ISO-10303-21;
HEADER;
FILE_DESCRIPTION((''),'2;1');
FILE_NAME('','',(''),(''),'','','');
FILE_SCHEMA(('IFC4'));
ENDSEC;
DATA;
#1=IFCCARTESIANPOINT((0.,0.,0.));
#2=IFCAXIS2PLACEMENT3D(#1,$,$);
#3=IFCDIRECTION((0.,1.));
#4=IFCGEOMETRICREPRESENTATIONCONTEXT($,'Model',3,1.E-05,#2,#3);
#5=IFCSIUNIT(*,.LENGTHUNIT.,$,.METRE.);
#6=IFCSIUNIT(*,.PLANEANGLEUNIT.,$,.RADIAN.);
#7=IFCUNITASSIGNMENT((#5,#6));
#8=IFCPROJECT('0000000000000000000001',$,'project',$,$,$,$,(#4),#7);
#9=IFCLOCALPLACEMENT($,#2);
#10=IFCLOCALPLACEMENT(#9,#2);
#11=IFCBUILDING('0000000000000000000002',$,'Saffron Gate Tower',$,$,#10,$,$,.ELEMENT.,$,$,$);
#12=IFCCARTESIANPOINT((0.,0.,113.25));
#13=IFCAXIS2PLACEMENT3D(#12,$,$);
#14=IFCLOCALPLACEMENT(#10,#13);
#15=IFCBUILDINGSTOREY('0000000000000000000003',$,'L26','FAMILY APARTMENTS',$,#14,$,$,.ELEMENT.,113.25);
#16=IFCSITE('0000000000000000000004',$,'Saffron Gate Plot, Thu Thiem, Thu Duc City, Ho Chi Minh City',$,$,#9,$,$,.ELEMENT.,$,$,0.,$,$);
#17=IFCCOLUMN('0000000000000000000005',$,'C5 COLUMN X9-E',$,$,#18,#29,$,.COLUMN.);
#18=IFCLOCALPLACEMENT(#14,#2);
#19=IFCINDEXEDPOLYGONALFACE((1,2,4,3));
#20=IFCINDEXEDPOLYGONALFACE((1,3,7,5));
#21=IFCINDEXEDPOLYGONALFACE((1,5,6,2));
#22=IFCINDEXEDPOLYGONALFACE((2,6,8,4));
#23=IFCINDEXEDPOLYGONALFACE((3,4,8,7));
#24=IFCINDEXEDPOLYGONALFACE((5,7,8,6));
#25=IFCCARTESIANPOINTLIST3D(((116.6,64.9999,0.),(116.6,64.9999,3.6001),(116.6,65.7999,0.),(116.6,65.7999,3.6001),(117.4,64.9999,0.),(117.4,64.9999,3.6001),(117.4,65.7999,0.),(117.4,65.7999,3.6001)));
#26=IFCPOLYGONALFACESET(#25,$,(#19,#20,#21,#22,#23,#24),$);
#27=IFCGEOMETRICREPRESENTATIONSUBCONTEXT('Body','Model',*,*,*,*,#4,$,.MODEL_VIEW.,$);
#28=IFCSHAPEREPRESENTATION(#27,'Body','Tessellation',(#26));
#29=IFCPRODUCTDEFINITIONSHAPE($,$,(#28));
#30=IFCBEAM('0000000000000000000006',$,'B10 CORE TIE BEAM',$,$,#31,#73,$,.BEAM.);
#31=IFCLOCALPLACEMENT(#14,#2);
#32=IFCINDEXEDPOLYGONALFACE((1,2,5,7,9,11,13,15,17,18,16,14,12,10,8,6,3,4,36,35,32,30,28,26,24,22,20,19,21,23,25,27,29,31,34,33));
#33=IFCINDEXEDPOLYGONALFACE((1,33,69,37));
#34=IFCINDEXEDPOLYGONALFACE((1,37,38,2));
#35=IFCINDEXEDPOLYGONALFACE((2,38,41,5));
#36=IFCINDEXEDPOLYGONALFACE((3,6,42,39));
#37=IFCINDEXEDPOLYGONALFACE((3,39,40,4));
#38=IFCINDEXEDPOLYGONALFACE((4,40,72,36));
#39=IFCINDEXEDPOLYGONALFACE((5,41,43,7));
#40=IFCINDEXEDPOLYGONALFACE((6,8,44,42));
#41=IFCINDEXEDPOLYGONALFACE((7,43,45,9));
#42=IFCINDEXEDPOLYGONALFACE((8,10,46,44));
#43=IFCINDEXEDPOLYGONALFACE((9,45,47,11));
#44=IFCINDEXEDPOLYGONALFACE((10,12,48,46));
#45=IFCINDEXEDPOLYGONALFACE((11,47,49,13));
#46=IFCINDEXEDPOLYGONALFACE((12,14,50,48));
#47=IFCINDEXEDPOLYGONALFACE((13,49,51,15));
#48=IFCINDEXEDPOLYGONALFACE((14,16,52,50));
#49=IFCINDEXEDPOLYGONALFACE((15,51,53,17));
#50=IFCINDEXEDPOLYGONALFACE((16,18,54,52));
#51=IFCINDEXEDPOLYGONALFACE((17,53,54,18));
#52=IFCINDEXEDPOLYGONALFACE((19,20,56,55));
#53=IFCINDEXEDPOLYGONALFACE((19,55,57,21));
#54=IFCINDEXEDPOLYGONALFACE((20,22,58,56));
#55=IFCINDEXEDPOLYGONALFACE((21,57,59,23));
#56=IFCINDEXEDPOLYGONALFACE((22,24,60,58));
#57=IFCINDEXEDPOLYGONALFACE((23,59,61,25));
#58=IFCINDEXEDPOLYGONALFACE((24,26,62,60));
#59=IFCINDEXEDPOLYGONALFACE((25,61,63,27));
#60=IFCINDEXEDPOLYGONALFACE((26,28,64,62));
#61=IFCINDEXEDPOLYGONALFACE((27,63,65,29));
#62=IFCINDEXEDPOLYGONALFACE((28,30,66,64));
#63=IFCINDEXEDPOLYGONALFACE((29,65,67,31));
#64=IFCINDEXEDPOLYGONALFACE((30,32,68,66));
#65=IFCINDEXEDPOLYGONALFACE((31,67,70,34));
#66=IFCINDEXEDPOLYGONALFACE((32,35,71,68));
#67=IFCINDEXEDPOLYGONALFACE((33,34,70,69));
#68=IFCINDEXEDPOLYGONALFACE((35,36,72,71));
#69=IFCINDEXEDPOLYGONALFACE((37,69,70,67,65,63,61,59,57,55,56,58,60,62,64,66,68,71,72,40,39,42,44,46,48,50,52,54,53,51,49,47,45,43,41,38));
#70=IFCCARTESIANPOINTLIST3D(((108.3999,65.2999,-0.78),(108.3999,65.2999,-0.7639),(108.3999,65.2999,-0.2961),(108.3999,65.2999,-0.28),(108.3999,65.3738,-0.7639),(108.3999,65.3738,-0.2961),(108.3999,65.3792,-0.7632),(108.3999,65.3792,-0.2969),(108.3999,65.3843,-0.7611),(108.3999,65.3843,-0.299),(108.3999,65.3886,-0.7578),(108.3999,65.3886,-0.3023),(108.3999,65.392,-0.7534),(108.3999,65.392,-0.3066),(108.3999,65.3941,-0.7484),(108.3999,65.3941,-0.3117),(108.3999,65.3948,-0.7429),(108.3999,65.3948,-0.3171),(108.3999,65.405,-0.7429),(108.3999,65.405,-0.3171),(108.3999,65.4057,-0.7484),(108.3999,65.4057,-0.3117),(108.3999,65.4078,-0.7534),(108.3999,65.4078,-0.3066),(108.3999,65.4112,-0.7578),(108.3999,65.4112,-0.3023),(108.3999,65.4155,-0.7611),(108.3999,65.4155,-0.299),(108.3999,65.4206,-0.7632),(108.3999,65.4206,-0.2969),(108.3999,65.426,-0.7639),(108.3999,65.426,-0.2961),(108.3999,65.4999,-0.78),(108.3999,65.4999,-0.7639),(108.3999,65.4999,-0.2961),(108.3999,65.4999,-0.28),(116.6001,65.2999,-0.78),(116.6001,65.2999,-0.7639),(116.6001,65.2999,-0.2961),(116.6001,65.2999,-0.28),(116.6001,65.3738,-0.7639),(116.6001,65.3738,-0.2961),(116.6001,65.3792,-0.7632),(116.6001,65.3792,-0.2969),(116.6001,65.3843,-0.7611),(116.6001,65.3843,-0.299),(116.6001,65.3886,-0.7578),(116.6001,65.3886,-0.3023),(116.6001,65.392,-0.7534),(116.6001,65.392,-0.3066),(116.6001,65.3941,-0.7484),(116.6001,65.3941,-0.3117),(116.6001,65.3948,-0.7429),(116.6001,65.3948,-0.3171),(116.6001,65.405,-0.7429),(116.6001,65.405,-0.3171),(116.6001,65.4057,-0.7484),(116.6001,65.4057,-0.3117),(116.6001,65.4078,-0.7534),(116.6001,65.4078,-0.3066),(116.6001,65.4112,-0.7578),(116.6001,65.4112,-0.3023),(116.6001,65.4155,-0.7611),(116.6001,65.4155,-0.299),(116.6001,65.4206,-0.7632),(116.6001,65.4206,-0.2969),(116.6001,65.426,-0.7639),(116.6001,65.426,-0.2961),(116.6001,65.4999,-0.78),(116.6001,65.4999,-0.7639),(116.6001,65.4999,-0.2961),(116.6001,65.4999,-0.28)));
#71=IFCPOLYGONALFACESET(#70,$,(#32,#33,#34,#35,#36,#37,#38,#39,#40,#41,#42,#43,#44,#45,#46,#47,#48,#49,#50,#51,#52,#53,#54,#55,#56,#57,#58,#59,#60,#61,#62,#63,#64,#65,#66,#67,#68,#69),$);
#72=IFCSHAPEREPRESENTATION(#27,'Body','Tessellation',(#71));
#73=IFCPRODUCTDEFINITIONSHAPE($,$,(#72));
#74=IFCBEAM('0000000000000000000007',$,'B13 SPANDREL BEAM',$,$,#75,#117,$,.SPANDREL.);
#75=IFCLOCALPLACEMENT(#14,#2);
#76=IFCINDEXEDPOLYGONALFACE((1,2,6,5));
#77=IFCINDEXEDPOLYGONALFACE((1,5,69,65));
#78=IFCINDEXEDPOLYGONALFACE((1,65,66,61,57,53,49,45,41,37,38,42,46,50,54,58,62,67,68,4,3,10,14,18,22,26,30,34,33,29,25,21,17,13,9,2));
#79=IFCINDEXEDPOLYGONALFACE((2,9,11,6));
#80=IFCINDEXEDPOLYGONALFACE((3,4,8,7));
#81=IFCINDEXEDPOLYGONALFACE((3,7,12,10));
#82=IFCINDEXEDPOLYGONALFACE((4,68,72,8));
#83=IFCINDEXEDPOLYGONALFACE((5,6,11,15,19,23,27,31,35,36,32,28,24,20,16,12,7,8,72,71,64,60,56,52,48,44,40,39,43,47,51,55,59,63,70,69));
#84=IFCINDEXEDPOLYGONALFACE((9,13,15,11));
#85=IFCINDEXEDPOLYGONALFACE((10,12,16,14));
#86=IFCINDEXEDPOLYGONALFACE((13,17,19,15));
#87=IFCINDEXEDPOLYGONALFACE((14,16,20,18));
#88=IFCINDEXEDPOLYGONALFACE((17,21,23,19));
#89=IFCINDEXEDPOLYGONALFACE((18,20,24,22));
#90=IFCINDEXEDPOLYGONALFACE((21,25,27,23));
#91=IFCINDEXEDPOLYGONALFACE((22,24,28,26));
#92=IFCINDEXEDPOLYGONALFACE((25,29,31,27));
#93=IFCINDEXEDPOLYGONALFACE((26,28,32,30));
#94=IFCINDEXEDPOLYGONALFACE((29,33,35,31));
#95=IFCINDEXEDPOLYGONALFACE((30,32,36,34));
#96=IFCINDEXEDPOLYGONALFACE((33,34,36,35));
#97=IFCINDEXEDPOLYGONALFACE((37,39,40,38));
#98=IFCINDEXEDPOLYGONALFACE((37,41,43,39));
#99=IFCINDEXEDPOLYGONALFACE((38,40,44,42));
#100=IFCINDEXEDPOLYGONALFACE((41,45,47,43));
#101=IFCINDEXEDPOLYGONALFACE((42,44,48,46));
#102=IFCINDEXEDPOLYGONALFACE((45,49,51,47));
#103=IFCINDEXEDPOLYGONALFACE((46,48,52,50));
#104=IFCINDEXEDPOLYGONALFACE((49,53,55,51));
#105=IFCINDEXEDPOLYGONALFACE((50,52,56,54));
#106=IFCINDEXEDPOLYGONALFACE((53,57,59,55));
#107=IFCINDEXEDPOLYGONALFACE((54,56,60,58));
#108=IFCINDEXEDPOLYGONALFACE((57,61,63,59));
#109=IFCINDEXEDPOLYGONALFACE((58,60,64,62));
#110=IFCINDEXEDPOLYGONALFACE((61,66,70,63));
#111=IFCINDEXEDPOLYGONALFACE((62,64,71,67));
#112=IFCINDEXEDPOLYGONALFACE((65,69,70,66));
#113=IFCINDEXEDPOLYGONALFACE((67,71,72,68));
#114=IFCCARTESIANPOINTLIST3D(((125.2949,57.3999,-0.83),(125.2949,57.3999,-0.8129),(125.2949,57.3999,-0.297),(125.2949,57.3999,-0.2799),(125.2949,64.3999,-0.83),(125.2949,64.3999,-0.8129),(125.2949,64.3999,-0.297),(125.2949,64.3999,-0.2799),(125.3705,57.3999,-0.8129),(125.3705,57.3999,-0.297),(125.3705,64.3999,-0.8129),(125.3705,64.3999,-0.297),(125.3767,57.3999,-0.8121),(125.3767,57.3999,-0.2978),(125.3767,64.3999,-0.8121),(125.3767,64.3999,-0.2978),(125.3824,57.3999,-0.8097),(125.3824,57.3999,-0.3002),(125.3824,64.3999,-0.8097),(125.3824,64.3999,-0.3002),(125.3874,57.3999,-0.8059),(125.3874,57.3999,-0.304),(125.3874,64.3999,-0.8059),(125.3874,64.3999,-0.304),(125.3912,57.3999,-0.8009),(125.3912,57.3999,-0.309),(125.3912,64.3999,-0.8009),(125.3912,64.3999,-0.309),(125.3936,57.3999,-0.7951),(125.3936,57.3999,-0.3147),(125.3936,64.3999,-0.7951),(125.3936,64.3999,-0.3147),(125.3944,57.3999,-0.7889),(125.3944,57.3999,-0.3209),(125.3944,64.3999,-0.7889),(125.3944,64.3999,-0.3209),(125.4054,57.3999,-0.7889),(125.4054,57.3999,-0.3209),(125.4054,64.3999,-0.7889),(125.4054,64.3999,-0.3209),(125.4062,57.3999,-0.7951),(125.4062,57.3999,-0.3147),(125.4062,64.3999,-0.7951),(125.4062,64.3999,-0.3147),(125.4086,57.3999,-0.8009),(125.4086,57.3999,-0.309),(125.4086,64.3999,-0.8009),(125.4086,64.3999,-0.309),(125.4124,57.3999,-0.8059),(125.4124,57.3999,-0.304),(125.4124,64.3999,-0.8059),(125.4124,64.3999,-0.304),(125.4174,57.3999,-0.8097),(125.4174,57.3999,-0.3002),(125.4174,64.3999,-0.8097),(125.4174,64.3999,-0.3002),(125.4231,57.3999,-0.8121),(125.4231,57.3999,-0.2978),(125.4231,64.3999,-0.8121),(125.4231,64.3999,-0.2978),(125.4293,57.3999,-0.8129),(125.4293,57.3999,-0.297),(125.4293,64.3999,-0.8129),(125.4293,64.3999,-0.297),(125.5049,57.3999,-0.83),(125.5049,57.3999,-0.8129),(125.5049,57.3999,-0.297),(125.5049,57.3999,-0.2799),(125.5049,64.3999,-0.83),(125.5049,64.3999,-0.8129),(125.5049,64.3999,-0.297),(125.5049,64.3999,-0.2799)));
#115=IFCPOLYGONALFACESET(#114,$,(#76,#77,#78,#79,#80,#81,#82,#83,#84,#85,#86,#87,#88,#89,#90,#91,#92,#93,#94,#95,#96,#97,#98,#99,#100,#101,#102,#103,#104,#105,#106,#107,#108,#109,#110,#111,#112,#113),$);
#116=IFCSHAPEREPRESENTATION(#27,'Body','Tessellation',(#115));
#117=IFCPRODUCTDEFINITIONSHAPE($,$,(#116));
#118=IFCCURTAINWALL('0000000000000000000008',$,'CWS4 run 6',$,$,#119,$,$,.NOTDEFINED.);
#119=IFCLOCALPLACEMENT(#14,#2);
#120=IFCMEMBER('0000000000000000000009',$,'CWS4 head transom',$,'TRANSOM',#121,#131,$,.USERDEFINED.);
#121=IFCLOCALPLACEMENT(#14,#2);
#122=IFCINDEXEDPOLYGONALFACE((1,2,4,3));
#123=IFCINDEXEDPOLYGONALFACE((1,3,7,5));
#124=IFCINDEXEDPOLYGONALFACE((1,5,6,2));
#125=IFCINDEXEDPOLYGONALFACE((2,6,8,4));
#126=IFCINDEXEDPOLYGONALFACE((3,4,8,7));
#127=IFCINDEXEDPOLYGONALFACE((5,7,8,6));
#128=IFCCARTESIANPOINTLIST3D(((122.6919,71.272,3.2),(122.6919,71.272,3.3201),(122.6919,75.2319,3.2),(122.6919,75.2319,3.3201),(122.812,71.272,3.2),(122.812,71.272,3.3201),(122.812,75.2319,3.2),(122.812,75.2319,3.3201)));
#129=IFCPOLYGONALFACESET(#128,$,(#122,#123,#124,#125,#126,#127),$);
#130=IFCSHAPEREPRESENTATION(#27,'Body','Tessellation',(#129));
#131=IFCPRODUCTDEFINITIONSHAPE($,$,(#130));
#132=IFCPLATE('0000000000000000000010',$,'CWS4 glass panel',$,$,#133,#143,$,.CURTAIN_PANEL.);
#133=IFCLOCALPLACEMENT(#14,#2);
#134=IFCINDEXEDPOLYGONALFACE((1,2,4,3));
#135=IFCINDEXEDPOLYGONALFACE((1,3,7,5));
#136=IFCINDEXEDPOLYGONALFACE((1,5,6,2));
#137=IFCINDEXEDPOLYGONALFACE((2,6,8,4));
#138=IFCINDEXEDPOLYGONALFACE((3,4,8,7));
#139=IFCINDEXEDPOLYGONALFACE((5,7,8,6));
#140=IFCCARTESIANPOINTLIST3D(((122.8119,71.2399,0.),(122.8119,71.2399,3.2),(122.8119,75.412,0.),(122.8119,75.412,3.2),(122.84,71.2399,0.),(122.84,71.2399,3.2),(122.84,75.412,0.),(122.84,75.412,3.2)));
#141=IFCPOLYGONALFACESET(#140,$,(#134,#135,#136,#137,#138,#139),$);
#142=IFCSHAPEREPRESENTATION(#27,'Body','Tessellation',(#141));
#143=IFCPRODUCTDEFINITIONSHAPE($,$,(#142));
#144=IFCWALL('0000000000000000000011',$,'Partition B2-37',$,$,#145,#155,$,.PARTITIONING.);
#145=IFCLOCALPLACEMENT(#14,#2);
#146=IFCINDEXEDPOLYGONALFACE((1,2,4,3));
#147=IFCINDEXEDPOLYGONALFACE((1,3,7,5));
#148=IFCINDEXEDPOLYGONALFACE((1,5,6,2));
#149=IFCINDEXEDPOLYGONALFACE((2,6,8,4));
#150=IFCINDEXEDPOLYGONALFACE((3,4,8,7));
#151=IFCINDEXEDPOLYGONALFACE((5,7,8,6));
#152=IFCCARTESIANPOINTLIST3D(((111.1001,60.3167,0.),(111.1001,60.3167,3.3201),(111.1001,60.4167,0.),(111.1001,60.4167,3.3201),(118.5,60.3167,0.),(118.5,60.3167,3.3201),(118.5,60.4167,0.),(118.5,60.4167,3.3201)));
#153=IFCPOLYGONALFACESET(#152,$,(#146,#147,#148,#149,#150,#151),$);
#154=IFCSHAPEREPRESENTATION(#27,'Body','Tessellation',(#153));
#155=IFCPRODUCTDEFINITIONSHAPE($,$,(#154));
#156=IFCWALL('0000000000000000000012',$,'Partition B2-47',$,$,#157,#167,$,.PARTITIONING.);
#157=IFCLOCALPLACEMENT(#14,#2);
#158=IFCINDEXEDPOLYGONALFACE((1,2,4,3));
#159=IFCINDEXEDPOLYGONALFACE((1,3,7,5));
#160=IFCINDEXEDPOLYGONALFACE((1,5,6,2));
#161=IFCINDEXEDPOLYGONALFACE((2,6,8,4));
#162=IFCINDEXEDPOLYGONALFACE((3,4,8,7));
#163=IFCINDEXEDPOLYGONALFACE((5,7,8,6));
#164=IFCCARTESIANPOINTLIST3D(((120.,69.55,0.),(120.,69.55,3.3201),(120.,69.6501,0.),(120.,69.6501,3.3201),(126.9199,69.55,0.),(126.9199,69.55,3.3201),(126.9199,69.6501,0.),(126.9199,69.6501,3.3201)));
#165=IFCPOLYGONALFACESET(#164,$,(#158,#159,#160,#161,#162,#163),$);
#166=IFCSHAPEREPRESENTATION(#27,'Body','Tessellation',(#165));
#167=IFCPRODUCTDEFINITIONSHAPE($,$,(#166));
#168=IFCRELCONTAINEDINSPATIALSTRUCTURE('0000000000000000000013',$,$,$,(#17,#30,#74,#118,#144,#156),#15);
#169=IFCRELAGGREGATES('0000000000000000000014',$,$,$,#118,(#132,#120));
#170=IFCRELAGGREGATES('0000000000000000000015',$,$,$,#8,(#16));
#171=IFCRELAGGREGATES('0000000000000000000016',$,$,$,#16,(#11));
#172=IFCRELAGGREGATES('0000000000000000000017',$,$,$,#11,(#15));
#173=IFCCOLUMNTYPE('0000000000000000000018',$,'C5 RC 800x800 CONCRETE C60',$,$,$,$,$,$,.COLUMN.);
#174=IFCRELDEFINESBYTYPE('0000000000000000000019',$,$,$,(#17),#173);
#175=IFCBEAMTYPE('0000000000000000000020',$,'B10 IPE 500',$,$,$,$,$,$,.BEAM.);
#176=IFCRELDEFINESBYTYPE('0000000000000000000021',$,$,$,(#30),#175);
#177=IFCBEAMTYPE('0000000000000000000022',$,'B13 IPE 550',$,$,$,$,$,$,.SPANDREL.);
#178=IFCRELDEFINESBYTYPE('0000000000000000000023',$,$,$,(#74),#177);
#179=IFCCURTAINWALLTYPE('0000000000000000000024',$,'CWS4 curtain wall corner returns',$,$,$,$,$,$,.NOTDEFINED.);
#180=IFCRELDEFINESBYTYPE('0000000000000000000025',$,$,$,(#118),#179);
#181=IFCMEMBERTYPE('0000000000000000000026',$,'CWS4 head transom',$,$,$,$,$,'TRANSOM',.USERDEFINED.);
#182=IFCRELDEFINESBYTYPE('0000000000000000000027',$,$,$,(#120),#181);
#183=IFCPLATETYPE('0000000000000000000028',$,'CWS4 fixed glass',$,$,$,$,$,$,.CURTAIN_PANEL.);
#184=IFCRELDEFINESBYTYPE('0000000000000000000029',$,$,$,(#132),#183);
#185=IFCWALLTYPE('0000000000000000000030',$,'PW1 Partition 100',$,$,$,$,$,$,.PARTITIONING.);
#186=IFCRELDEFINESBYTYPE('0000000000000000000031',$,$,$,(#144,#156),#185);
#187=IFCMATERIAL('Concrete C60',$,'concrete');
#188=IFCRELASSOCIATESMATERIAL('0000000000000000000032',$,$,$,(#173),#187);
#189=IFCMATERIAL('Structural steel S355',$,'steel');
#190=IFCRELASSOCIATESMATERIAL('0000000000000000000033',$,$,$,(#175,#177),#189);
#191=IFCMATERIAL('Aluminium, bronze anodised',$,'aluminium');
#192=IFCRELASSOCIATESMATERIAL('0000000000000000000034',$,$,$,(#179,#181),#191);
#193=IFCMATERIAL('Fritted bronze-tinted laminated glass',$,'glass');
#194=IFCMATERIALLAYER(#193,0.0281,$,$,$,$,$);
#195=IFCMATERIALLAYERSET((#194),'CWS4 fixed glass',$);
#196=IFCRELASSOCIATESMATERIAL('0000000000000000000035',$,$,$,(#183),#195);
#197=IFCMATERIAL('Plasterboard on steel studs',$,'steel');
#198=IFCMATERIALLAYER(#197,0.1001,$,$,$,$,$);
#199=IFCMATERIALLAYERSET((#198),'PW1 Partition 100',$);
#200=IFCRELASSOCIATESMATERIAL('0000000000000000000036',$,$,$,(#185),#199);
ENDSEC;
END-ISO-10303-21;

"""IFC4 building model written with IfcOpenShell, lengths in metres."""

from ifc_helpers import new_model, si_unit, direction, frame, frame_2d, origin, origin_2d, place, context, subcontext, project, spatial, rectangle, i_section, extrude, material, layer, layer_set, material_profile, profile_set, type_object, element, aggregate, save


model = new_model("IFC4")

# Units and contexts
model_context = context("Model", 3, precision=1e-05, world=origin(), true_north=direction((0.0, 1.0)))
body_context = subcontext(model_context, "Body", "Model", "MODEL_VIEW")
ifc_project = project(units=[si_unit("LENGTHUNIT", "METRE"), si_unit("PLANEANGLEUNIT", "RADIAN")], contexts=[model_context])

# Site, building, storey
site_placement = place(None, origin())
site = spatial("IfcSite", under=ifc_project, at=site_placement, Name="Saffron Gate Plot, Thu Thiem, Thu Duc City, Ho Chi Minh City", CompositionType="ELEMENT", RefElevation=0.0)
building_placement = place(site_placement, origin())
building = spatial("IfcBuilding", under=site, at=building_placement, Name="Saffron Gate Tower", CompositionType="ELEMENT")
storey_placement = place(building_placement, frame((0.0, 0.0, 113.25)))
storey = spatial("IfcBuildingStorey", under=building, at=storey_placement, Name="L26", Description="FAMILY APARTMENTS", CompositionType="ELEMENT", Elevation=113.25)

# Column
ifc_material_1 = material(Name="Concrete C60", Category="concrete")
ifc_material_profile_1 = material_profile(ifc_material_1, rectangle(XDim=0.8, YDim=0.8, at=origin_2d()))
ifc_profile_set_1 = profile_set([ifc_material_profile_1], Name="Concrete C60")
column_type = type_object("IfcColumnType", Name="C5 RC 800x800 CONCRETE C60", PredefinedType="COLUMN", material=ifc_profile_set_1)
column_placement = place(storey_placement, frame((117.0, 65.3999, 0.0), z_axis=(0.0, 0.0, 1.0), x_axis=(1.0, 0.0, 0.0)))
element("IfcColumn", 1, at=column_placement, inside=storey, type_object=column_type, Name="C5 COLUMN X9-E", PredefinedType="COLUMN", context=body_context, shape_type="SweptSolid", body=[
    extrude(rectangle(XDim=0.8, YDim=0.8, at=origin_2d()), origin(), (0.0, 0.0, 1.0), 3.6001),
])

# Beams
ifc_material_2 = material(Name="Structural steel S355", Category="steel")
ifc_material_profile_2 = material_profile(ifc_material_2, i_section(OverallWidth=0.2, OverallDepth=0.5, WebThickness=0.0103, FlangeThickness=0.0161, FilletRadius=0.021, at=origin_2d()))
ifc_profile_set_2 = profile_set([ifc_material_profile_2], Name="Structural steel S355")
beam_type_1 = type_object("IfcBeamType", Name="B10 IPE 500", PredefinedType="BEAM", material=ifc_profile_set_2)
beam_1_placement = place(storey_placement, frame((116.6001, 65.3999, -0.53), z_axis=(-1.0, 0.0, 0.0), x_axis=(0.0, -1.0, 0.0)))
element("IfcBeam", 2, at=beam_1_placement, inside=storey, type_object=beam_type_1, Name="B10 CORE TIE BEAM", PredefinedType="BEAM", context=body_context, shape_type="SweptSolid", body=[
    extrude(i_section(OverallWidth=0.2, OverallDepth=0.5, WebThickness=0.0103, FlangeThickness=0.0161, FilletRadius=0.021, at=origin_2d()), origin(), (0.0, 0.0, 1.0), 8.2002),
])
ifc_material_profile_3 = material_profile(ifc_material_2, i_section(OverallWidth=0.21, OverallDepth=0.55, WebThickness=0.011, FlangeThickness=0.0171, FilletRadius=0.0239, at=origin_2d()))
ifc_profile_set_3 = profile_set([ifc_material_profile_3], Name="Structural steel S355")
beam_type_2 = type_object("IfcBeamType", Name="B13 IPE 550", PredefinedType="SPANDREL", material=ifc_profile_set_3)
beam_2_placement = place(storey_placement, frame((125.3999, 57.3999, -0.5549), z_axis=(0.0, 1.0, 0.0), x_axis=(-1.0, 0.0, 0.0)))
element("IfcBeam", 3, at=beam_2_placement, inside=storey, type_object=beam_type_2, Name="B13 SPANDREL BEAM", PredefinedType="SPANDREL", context=body_context, shape_type="SweptSolid", body=[
    extrude(i_section(OverallWidth=0.21, OverallDepth=0.55, WebThickness=0.011, FlangeThickness=0.0171, FilletRadius=0.0239, at=origin_2d()), origin(), (0.0, 0.0, 1.0), 7.0),
])

# Curtain wall, member, plate
ifc_material_3 = material(Name="Aluminium, bronze anodised", Category="aluminium")
curtain_wall_type = type_object("IfcCurtainWallType", Name="CWS4 curtain wall corner returns", PredefinedType="NOTDEFINED", material=ifc_material_3)
curtain_wall_placement = place(storey_placement, origin())
curtain_wall = element("IfcCurtainWall", 4, at=curtain_wall_placement, inside=storey, type_object=curtain_wall_type, Name="CWS4 run 6", PredefinedType="NOTDEFINED")
ifc_material_profile_4 = material_profile(ifc_material_3, rectangle(XDim=0.1201, YDim=0.1201, at=origin_2d()))
ifc_profile_set_4 = profile_set([ifc_material_profile_4], Name="Aluminium, bronze anodised")
member_type = type_object("IfcMemberType", Name="CWS4 head transom", ElementType="TRANSOM", PredefinedType="USERDEFINED", material=ifc_profile_set_4)
member_placement = place(storey_placement, frame((122.752, 71.272, 3.26), z_axis=(0.0, 1.0, 0.0), x_axis=(-1.0, 0.0, 0.0)))
member = element("IfcMember", 5, at=member_placement, type_object=member_type, Name="CWS4 head transom", ObjectType="TRANSOM", PredefinedType="USERDEFINED", context=body_context, shape_type="SweptSolid", body=[
    extrude(rectangle(XDim=0.1201, YDim=0.1201, at=origin_2d()), origin(), (0.0, 0.0, 1.0), 3.96),
])
ifc_material_4 = material(Name="Fritted bronze-tinted laminated glass", Category="glass")
ifc_layer_1 = layer(ifc_material_4, 0.0281)
ifc_layer_set_1 = layer_set([ifc_layer_1], Name="CWS4 fixed glass")
plate_type = type_object("IfcPlateType", Name="CWS4 fixed glass", PredefinedType="CURTAIN_PANEL", material=ifc_layer_set_1)
plate_placement = place(storey_placement, frame((122.8259, 71.24, 0.0), z_axis=(0.0, 0.0, 1.0), x_axis=(0.0, 1.0, 0.0)))
plate = element("IfcPlate", 6, at=plate_placement, type_object=plate_type, Name="CWS4 glass panel", PredefinedType="CURTAIN_PANEL", context=body_context, shape_type="SweptSolid", body=[
    extrude(rectangle(XDim=4.1721, YDim=0.0281, at=frame_2d((2.0859, 0.0))), origin(), (0.0, 0.0, 1.0), 3.2),
])
aggregate(curtain_wall, [plate, member])

# Walls
ifc_material_5 = material(Name="Plasterboard on steel studs", Category="steel")
ifc_layer_2 = layer(ifc_material_5, 0.1001)
ifc_layer_set_2 = layer_set([ifc_layer_2], Name="PW1 Partition 100")
wall_type_1 = type_object("IfcWallType", Name="PW1 Partition 100", PredefinedType="PARTITIONING", material=ifc_layer_set_2)
wall_1_placement = place(storey_placement, frame((111.1001, 60.3667, 0.0), z_axis=(0.0, 0.0, 1.0), x_axis=(1.0, 0.0, 0.0)))
element("IfcWall", 7, at=wall_1_placement, inside=storey, type_object=wall_type_1, Name="Partition B2-37", PredefinedType="PARTITIONING", context=body_context, shape_type="SweptSolid", body=[
    extrude(rectangle(XDim=7.3999, YDim=0.1001, at=frame_2d((3.7, 0.0))), origin(), (0.0, 0.0, 1.0), 3.3201),
])
wall_2_placement = place(storey_placement, frame((120.0, 69.6001, 0.0), z_axis=(0.0, 0.0, 1.0), x_axis=(1.0, 0.0, 0.0)))
element("IfcWall", 8, at=wall_2_placement, inside=storey, type_object=wall_type_1, Name="Partition B2-47", PredefinedType="PARTITIONING", context=body_context, shape_type="SweptSolid", body=[
    extrude(rectangle(XDim=6.9199, YDim=0.1001, at=frame_2d((3.46, 0.0))), origin(), (0.0, 0.0, 1.0), 3.3201),
])

save(model, "model.ifc")
